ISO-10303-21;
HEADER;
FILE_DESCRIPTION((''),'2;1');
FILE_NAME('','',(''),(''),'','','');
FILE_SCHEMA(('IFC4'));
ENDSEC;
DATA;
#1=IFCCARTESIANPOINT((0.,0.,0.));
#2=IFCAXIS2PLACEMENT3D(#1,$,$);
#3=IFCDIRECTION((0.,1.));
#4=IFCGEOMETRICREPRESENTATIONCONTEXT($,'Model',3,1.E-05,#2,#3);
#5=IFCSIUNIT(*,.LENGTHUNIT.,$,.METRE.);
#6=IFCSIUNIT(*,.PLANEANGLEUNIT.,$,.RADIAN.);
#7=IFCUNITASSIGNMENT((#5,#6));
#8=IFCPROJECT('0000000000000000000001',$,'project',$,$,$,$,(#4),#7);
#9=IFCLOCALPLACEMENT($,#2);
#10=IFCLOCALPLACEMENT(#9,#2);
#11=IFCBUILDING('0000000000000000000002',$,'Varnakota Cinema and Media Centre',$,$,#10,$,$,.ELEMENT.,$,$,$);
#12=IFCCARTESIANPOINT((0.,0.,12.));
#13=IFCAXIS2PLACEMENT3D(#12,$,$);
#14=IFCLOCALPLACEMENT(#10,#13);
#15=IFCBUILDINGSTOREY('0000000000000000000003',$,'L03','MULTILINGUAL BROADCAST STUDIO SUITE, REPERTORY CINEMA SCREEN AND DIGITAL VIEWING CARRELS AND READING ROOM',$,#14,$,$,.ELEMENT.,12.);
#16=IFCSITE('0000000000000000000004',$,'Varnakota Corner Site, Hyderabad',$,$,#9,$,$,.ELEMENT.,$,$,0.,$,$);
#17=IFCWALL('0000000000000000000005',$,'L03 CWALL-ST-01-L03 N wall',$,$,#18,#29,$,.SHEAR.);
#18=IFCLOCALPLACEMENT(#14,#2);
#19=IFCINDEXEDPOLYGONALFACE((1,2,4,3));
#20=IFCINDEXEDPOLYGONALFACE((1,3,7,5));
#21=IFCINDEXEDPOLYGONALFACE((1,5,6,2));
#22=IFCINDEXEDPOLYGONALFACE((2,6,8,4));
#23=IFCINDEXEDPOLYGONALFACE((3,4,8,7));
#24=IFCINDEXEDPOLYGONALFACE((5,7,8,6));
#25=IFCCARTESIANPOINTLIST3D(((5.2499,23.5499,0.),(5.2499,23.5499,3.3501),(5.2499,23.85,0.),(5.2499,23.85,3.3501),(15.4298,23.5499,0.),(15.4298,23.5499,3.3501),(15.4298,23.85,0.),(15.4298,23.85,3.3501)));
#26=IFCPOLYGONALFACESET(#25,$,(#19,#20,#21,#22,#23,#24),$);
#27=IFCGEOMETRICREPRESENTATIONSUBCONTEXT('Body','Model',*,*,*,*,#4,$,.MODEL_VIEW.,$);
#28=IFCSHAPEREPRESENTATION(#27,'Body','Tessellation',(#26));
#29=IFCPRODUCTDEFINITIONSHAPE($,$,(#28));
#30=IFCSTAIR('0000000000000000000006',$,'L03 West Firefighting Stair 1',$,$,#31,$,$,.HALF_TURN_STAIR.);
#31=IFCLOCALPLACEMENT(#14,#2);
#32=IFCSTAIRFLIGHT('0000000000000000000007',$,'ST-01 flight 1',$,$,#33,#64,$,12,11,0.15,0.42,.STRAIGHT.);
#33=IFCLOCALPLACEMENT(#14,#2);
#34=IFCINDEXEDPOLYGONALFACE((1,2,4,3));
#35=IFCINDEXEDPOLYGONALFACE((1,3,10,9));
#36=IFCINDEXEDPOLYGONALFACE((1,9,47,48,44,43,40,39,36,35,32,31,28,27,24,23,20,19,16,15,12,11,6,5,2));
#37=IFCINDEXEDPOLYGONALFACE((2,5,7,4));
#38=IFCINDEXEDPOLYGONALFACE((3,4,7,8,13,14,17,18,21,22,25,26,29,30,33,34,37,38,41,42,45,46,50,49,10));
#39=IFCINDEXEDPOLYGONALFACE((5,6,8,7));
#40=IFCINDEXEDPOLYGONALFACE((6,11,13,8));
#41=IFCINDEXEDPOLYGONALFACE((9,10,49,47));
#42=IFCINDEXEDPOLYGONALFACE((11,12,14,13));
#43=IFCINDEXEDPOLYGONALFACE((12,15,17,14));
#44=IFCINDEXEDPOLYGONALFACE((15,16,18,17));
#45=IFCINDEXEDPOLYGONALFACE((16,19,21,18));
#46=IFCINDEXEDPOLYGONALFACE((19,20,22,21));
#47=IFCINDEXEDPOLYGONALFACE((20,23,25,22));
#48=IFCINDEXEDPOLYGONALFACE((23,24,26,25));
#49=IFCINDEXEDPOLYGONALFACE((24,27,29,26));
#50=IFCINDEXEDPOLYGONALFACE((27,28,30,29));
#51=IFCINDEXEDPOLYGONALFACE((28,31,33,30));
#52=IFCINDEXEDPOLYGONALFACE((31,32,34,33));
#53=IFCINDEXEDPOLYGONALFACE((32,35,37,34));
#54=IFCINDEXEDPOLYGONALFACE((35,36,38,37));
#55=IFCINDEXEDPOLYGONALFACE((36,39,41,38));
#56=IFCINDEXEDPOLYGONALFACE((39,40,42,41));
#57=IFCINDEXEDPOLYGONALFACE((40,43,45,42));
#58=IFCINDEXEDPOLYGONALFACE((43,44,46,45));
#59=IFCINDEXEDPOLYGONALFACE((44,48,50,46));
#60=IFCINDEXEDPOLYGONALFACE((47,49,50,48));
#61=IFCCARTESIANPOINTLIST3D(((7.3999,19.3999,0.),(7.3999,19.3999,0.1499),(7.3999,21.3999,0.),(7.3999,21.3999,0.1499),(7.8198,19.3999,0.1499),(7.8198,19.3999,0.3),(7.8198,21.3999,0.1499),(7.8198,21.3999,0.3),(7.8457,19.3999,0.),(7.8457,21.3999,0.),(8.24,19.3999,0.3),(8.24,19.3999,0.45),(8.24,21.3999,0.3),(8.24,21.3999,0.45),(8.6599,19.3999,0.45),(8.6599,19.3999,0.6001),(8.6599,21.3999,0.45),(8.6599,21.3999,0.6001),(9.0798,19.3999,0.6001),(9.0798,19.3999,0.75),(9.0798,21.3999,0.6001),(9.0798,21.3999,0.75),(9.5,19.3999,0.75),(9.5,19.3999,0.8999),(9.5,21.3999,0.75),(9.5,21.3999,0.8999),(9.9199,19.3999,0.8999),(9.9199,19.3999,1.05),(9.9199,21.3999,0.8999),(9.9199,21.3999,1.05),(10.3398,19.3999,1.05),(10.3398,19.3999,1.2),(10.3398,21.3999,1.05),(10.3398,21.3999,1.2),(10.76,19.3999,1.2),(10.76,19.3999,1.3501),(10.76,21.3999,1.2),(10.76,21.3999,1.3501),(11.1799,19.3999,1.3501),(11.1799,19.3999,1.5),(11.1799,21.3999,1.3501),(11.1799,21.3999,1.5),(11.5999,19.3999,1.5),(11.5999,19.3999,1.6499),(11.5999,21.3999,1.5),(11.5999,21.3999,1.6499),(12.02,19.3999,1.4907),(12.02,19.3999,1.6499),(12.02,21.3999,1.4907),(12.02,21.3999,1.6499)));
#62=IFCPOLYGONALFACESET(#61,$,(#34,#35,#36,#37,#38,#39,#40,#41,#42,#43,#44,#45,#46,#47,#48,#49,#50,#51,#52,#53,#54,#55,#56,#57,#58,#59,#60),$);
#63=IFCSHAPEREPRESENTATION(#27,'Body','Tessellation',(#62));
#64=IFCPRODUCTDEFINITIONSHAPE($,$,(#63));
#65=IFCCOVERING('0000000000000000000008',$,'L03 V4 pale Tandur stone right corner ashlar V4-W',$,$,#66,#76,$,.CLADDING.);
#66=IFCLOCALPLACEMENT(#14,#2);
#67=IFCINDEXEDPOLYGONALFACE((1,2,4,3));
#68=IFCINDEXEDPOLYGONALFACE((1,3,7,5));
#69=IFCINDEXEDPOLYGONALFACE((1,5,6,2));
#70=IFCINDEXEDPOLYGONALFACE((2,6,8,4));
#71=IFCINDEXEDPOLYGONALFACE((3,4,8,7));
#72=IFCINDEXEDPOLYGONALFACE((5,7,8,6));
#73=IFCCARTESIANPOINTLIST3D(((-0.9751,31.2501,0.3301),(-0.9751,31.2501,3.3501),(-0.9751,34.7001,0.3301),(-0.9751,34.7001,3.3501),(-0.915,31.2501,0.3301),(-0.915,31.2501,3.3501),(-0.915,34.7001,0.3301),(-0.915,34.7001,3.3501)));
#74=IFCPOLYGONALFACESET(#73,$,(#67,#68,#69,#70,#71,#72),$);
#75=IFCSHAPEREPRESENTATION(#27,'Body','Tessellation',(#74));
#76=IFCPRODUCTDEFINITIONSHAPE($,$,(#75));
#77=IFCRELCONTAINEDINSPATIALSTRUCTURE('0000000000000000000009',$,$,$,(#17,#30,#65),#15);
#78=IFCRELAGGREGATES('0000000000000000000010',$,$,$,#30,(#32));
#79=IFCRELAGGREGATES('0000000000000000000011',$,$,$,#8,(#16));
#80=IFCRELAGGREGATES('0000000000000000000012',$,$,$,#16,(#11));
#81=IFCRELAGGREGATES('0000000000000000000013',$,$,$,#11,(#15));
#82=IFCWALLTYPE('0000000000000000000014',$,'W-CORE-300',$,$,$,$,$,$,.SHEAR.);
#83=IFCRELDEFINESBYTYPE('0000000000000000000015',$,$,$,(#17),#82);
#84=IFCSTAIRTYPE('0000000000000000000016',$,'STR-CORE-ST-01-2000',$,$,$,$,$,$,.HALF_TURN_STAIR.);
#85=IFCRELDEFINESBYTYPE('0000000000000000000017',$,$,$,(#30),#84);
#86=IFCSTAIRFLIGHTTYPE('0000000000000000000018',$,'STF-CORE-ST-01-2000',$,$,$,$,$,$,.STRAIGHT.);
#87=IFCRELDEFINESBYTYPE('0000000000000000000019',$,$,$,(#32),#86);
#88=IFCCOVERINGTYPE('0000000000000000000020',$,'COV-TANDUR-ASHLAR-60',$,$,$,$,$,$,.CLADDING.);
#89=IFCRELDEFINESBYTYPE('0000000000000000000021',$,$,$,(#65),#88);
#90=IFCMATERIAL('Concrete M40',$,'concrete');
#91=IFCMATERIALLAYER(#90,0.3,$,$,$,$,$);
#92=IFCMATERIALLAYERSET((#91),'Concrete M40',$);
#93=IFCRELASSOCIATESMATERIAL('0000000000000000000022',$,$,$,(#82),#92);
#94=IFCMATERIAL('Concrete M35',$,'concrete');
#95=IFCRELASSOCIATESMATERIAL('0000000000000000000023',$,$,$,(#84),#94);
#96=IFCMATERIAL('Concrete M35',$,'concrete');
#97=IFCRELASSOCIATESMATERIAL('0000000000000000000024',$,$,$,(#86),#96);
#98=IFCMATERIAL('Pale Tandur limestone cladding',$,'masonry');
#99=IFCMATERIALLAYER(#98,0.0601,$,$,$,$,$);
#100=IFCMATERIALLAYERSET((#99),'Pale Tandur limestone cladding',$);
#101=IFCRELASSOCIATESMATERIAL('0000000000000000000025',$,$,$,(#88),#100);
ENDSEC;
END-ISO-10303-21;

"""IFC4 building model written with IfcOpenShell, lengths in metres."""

from ifc_helpers import new_model, si_unit, direction, frame, frame_2d, origin, origin_2d, place, context, subcontext, project, spatial, polyline, rectangle, outline, extrude, material, layer, layer_set, type_object, element, aggregate, save


model = new_model("IFC4")

# Units and contexts
model_context = context("Model", 3, precision=1e-05, world=origin(), true_north=direction((0.0, 1.0)))
body_context = subcontext(model_context, "Body", "Model", "MODEL_VIEW")
ifc_project = project(units=[si_unit("LENGTHUNIT", "METRE"), si_unit("PLANEANGLEUNIT", "RADIAN")], contexts=[model_context])

# Site, building, storey
site_placement = place(None, origin())
site = spatial("IfcSite", under=ifc_project, at=site_placement, Name="Varnakota Corner Site, Hyderabad", CompositionType="ELEMENT", RefElevation=0.0)
building_placement = place(site_placement, origin())
building = spatial("IfcBuilding", under=site, at=building_placement, Name="Varnakota Cinema and Media Centre", CompositionType="ELEMENT")
storey_placement = place(building_placement, frame((0.0, 0.0, 12.0)))
storey = spatial("IfcBuildingStorey", under=building, at=storey_placement, Name="L03", Description="MULTILINGUAL BROADCAST STUDIO SUITE, REPERTORY CINEMA SCREEN AND DIGITAL VIEWING CARRELS AND READING ROOM", CompositionType="ELEMENT", Elevation=12.0)

# Shared definitions
ifc_material_1 = material(Name="Concrete M40", Category="concrete")
ifc_layer_1 = layer(ifc_material_1, 0.3)
ifc_layer_set_1 = layer_set([ifc_layer_1], Name="Concrete M40")
wall_type_1 = type_object("IfcWallType", Name="W-CORE-300", PredefinedType="SHEAR", material=ifc_layer_set_1)

# Wall
wall_1_placement = place(storey_placement, frame((5.25, 23.7, 0.0), z_axis=(0.0, 0.0, 1.0), x_axis=(1.0, 0.0, 0.0)))
element("IfcWall", 1, at=wall_1_placement, inside=storey, type_object=wall_type_1, Name="L03 CWALL-ST-01-L03 N wall", PredefinedType="SHEAR", context=body_context, shape_type="SweptSolid", body=[
    extrude(rectangle(XDim=10.1799, YDim=0.3, at=frame_2d((5.0898, 0.0))), origin(), (0.0, 0.0, 1.0), 3.3501),
])

# Stair, stair flight
ifc_material_2 = material(Name="Concrete M35", Category="concrete")
stair_type = type_object("IfcStairType", Name="STR-CORE-ST-01-2000", PredefinedType="HALF_TURN_STAIR", material=ifc_material_2)
stair_placement = place(storey_placement, origin())
stair = element("IfcStair", 2, at=stair_placement, inside=storey, type_object=stair_type, Name="L03 West Firefighting Stair 1", PredefinedType="HALF_TURN_STAIR")
ifc_material_3 = material(Name="Concrete M35", Category="concrete")
stair_flight_type = type_object("IfcStairFlightType", Name="STF-CORE-ST-01-2000", PredefinedType="STRAIGHT", material=ifc_material_3)
stair_flight_placement = place(storey_placement, frame((7.3999, 20.3999, 0.0), z_axis=(0.0, 0.0, 1.0), x_axis=(1.0, 0.0, 0.0)))
stair_flight = element("IfcStairFlight", 3, at=stair_flight_placement, type_object=stair_flight_type, Name="ST-01 flight 1", NumberOfRisers=12, NumberOfTreads=11, PredefinedType="STRAIGHT", RiserHeight=0.15, TreadLength=0.42, context=body_context, shape_type="SweptSolid", body=[
    extrude(outline(polyline([(0.0, 0.0), (0.0, 0.1499), (0.4199, 0.1499), (0.4199, 0.3), (0.8401, 0.3), (0.8401, 0.45), (1.26, 0.45), (1.26, 0.6001), (1.6799, 0.6001), (1.6799, 0.75), (2.1001, 0.75), (2.1001, 0.8999), (2.52, 0.8999), (2.52, 1.05), (2.9399, 1.05), (2.9399, 1.2), (3.3601, 1.2), (3.3601, 1.3501), (3.78, 1.3501), (3.78, 1.5), (4.2, 1.5), (4.2, 1.6499), (4.6201, 1.6499), (4.6201, 1.8), (4.6201, 1.4907), (0.4458, 0.0), (0.0, 0.0)])), frame((0.0, 1.0, 0.0), z_axis=(0.0, -1.0, 0.0), x_axis=(1.0, 0.0, 0.0)), (0.0, 0.0, 1.0), 2.0),
])
aggregate(stair, [stair_flight])

# Covering
ifc_material_4 = material(Name="Pale Tandur limestone cladding", Category="masonry")
ifc_layer_2 = layer(ifc_material_4, 0.0601)
ifc_layer_set_2 = layer_set([ifc_layer_2], Name="Pale Tandur limestone cladding")
covering_type = type_object("IfcCoveringType", Name="COV-TANDUR-ASHLAR-60", PredefinedType="CLADDING", material=ifc_layer_set_2)
covering_placement = place(storey_placement, frame((-0.9451, 32.9751, 0.3301), z_axis=(0.0, 0.0, 1.0), x_axis=(0.0, 1.0, 0.0)))
element("IfcCovering", 4, at=covering_placement, inside=storey, type_object=covering_type, Name="L03 V4 pale Tandur stone right corner ashlar V4-W", PredefinedType="CLADDING", context=body_context, shape_type="SweptSolid", body=[
    extrude(rectangle(XDim=3.45, YDim=0.0601, at=origin_2d()), origin(), (0.0, 0.0, 1.0), 3.02),
])

save(model, "model.ifc")
